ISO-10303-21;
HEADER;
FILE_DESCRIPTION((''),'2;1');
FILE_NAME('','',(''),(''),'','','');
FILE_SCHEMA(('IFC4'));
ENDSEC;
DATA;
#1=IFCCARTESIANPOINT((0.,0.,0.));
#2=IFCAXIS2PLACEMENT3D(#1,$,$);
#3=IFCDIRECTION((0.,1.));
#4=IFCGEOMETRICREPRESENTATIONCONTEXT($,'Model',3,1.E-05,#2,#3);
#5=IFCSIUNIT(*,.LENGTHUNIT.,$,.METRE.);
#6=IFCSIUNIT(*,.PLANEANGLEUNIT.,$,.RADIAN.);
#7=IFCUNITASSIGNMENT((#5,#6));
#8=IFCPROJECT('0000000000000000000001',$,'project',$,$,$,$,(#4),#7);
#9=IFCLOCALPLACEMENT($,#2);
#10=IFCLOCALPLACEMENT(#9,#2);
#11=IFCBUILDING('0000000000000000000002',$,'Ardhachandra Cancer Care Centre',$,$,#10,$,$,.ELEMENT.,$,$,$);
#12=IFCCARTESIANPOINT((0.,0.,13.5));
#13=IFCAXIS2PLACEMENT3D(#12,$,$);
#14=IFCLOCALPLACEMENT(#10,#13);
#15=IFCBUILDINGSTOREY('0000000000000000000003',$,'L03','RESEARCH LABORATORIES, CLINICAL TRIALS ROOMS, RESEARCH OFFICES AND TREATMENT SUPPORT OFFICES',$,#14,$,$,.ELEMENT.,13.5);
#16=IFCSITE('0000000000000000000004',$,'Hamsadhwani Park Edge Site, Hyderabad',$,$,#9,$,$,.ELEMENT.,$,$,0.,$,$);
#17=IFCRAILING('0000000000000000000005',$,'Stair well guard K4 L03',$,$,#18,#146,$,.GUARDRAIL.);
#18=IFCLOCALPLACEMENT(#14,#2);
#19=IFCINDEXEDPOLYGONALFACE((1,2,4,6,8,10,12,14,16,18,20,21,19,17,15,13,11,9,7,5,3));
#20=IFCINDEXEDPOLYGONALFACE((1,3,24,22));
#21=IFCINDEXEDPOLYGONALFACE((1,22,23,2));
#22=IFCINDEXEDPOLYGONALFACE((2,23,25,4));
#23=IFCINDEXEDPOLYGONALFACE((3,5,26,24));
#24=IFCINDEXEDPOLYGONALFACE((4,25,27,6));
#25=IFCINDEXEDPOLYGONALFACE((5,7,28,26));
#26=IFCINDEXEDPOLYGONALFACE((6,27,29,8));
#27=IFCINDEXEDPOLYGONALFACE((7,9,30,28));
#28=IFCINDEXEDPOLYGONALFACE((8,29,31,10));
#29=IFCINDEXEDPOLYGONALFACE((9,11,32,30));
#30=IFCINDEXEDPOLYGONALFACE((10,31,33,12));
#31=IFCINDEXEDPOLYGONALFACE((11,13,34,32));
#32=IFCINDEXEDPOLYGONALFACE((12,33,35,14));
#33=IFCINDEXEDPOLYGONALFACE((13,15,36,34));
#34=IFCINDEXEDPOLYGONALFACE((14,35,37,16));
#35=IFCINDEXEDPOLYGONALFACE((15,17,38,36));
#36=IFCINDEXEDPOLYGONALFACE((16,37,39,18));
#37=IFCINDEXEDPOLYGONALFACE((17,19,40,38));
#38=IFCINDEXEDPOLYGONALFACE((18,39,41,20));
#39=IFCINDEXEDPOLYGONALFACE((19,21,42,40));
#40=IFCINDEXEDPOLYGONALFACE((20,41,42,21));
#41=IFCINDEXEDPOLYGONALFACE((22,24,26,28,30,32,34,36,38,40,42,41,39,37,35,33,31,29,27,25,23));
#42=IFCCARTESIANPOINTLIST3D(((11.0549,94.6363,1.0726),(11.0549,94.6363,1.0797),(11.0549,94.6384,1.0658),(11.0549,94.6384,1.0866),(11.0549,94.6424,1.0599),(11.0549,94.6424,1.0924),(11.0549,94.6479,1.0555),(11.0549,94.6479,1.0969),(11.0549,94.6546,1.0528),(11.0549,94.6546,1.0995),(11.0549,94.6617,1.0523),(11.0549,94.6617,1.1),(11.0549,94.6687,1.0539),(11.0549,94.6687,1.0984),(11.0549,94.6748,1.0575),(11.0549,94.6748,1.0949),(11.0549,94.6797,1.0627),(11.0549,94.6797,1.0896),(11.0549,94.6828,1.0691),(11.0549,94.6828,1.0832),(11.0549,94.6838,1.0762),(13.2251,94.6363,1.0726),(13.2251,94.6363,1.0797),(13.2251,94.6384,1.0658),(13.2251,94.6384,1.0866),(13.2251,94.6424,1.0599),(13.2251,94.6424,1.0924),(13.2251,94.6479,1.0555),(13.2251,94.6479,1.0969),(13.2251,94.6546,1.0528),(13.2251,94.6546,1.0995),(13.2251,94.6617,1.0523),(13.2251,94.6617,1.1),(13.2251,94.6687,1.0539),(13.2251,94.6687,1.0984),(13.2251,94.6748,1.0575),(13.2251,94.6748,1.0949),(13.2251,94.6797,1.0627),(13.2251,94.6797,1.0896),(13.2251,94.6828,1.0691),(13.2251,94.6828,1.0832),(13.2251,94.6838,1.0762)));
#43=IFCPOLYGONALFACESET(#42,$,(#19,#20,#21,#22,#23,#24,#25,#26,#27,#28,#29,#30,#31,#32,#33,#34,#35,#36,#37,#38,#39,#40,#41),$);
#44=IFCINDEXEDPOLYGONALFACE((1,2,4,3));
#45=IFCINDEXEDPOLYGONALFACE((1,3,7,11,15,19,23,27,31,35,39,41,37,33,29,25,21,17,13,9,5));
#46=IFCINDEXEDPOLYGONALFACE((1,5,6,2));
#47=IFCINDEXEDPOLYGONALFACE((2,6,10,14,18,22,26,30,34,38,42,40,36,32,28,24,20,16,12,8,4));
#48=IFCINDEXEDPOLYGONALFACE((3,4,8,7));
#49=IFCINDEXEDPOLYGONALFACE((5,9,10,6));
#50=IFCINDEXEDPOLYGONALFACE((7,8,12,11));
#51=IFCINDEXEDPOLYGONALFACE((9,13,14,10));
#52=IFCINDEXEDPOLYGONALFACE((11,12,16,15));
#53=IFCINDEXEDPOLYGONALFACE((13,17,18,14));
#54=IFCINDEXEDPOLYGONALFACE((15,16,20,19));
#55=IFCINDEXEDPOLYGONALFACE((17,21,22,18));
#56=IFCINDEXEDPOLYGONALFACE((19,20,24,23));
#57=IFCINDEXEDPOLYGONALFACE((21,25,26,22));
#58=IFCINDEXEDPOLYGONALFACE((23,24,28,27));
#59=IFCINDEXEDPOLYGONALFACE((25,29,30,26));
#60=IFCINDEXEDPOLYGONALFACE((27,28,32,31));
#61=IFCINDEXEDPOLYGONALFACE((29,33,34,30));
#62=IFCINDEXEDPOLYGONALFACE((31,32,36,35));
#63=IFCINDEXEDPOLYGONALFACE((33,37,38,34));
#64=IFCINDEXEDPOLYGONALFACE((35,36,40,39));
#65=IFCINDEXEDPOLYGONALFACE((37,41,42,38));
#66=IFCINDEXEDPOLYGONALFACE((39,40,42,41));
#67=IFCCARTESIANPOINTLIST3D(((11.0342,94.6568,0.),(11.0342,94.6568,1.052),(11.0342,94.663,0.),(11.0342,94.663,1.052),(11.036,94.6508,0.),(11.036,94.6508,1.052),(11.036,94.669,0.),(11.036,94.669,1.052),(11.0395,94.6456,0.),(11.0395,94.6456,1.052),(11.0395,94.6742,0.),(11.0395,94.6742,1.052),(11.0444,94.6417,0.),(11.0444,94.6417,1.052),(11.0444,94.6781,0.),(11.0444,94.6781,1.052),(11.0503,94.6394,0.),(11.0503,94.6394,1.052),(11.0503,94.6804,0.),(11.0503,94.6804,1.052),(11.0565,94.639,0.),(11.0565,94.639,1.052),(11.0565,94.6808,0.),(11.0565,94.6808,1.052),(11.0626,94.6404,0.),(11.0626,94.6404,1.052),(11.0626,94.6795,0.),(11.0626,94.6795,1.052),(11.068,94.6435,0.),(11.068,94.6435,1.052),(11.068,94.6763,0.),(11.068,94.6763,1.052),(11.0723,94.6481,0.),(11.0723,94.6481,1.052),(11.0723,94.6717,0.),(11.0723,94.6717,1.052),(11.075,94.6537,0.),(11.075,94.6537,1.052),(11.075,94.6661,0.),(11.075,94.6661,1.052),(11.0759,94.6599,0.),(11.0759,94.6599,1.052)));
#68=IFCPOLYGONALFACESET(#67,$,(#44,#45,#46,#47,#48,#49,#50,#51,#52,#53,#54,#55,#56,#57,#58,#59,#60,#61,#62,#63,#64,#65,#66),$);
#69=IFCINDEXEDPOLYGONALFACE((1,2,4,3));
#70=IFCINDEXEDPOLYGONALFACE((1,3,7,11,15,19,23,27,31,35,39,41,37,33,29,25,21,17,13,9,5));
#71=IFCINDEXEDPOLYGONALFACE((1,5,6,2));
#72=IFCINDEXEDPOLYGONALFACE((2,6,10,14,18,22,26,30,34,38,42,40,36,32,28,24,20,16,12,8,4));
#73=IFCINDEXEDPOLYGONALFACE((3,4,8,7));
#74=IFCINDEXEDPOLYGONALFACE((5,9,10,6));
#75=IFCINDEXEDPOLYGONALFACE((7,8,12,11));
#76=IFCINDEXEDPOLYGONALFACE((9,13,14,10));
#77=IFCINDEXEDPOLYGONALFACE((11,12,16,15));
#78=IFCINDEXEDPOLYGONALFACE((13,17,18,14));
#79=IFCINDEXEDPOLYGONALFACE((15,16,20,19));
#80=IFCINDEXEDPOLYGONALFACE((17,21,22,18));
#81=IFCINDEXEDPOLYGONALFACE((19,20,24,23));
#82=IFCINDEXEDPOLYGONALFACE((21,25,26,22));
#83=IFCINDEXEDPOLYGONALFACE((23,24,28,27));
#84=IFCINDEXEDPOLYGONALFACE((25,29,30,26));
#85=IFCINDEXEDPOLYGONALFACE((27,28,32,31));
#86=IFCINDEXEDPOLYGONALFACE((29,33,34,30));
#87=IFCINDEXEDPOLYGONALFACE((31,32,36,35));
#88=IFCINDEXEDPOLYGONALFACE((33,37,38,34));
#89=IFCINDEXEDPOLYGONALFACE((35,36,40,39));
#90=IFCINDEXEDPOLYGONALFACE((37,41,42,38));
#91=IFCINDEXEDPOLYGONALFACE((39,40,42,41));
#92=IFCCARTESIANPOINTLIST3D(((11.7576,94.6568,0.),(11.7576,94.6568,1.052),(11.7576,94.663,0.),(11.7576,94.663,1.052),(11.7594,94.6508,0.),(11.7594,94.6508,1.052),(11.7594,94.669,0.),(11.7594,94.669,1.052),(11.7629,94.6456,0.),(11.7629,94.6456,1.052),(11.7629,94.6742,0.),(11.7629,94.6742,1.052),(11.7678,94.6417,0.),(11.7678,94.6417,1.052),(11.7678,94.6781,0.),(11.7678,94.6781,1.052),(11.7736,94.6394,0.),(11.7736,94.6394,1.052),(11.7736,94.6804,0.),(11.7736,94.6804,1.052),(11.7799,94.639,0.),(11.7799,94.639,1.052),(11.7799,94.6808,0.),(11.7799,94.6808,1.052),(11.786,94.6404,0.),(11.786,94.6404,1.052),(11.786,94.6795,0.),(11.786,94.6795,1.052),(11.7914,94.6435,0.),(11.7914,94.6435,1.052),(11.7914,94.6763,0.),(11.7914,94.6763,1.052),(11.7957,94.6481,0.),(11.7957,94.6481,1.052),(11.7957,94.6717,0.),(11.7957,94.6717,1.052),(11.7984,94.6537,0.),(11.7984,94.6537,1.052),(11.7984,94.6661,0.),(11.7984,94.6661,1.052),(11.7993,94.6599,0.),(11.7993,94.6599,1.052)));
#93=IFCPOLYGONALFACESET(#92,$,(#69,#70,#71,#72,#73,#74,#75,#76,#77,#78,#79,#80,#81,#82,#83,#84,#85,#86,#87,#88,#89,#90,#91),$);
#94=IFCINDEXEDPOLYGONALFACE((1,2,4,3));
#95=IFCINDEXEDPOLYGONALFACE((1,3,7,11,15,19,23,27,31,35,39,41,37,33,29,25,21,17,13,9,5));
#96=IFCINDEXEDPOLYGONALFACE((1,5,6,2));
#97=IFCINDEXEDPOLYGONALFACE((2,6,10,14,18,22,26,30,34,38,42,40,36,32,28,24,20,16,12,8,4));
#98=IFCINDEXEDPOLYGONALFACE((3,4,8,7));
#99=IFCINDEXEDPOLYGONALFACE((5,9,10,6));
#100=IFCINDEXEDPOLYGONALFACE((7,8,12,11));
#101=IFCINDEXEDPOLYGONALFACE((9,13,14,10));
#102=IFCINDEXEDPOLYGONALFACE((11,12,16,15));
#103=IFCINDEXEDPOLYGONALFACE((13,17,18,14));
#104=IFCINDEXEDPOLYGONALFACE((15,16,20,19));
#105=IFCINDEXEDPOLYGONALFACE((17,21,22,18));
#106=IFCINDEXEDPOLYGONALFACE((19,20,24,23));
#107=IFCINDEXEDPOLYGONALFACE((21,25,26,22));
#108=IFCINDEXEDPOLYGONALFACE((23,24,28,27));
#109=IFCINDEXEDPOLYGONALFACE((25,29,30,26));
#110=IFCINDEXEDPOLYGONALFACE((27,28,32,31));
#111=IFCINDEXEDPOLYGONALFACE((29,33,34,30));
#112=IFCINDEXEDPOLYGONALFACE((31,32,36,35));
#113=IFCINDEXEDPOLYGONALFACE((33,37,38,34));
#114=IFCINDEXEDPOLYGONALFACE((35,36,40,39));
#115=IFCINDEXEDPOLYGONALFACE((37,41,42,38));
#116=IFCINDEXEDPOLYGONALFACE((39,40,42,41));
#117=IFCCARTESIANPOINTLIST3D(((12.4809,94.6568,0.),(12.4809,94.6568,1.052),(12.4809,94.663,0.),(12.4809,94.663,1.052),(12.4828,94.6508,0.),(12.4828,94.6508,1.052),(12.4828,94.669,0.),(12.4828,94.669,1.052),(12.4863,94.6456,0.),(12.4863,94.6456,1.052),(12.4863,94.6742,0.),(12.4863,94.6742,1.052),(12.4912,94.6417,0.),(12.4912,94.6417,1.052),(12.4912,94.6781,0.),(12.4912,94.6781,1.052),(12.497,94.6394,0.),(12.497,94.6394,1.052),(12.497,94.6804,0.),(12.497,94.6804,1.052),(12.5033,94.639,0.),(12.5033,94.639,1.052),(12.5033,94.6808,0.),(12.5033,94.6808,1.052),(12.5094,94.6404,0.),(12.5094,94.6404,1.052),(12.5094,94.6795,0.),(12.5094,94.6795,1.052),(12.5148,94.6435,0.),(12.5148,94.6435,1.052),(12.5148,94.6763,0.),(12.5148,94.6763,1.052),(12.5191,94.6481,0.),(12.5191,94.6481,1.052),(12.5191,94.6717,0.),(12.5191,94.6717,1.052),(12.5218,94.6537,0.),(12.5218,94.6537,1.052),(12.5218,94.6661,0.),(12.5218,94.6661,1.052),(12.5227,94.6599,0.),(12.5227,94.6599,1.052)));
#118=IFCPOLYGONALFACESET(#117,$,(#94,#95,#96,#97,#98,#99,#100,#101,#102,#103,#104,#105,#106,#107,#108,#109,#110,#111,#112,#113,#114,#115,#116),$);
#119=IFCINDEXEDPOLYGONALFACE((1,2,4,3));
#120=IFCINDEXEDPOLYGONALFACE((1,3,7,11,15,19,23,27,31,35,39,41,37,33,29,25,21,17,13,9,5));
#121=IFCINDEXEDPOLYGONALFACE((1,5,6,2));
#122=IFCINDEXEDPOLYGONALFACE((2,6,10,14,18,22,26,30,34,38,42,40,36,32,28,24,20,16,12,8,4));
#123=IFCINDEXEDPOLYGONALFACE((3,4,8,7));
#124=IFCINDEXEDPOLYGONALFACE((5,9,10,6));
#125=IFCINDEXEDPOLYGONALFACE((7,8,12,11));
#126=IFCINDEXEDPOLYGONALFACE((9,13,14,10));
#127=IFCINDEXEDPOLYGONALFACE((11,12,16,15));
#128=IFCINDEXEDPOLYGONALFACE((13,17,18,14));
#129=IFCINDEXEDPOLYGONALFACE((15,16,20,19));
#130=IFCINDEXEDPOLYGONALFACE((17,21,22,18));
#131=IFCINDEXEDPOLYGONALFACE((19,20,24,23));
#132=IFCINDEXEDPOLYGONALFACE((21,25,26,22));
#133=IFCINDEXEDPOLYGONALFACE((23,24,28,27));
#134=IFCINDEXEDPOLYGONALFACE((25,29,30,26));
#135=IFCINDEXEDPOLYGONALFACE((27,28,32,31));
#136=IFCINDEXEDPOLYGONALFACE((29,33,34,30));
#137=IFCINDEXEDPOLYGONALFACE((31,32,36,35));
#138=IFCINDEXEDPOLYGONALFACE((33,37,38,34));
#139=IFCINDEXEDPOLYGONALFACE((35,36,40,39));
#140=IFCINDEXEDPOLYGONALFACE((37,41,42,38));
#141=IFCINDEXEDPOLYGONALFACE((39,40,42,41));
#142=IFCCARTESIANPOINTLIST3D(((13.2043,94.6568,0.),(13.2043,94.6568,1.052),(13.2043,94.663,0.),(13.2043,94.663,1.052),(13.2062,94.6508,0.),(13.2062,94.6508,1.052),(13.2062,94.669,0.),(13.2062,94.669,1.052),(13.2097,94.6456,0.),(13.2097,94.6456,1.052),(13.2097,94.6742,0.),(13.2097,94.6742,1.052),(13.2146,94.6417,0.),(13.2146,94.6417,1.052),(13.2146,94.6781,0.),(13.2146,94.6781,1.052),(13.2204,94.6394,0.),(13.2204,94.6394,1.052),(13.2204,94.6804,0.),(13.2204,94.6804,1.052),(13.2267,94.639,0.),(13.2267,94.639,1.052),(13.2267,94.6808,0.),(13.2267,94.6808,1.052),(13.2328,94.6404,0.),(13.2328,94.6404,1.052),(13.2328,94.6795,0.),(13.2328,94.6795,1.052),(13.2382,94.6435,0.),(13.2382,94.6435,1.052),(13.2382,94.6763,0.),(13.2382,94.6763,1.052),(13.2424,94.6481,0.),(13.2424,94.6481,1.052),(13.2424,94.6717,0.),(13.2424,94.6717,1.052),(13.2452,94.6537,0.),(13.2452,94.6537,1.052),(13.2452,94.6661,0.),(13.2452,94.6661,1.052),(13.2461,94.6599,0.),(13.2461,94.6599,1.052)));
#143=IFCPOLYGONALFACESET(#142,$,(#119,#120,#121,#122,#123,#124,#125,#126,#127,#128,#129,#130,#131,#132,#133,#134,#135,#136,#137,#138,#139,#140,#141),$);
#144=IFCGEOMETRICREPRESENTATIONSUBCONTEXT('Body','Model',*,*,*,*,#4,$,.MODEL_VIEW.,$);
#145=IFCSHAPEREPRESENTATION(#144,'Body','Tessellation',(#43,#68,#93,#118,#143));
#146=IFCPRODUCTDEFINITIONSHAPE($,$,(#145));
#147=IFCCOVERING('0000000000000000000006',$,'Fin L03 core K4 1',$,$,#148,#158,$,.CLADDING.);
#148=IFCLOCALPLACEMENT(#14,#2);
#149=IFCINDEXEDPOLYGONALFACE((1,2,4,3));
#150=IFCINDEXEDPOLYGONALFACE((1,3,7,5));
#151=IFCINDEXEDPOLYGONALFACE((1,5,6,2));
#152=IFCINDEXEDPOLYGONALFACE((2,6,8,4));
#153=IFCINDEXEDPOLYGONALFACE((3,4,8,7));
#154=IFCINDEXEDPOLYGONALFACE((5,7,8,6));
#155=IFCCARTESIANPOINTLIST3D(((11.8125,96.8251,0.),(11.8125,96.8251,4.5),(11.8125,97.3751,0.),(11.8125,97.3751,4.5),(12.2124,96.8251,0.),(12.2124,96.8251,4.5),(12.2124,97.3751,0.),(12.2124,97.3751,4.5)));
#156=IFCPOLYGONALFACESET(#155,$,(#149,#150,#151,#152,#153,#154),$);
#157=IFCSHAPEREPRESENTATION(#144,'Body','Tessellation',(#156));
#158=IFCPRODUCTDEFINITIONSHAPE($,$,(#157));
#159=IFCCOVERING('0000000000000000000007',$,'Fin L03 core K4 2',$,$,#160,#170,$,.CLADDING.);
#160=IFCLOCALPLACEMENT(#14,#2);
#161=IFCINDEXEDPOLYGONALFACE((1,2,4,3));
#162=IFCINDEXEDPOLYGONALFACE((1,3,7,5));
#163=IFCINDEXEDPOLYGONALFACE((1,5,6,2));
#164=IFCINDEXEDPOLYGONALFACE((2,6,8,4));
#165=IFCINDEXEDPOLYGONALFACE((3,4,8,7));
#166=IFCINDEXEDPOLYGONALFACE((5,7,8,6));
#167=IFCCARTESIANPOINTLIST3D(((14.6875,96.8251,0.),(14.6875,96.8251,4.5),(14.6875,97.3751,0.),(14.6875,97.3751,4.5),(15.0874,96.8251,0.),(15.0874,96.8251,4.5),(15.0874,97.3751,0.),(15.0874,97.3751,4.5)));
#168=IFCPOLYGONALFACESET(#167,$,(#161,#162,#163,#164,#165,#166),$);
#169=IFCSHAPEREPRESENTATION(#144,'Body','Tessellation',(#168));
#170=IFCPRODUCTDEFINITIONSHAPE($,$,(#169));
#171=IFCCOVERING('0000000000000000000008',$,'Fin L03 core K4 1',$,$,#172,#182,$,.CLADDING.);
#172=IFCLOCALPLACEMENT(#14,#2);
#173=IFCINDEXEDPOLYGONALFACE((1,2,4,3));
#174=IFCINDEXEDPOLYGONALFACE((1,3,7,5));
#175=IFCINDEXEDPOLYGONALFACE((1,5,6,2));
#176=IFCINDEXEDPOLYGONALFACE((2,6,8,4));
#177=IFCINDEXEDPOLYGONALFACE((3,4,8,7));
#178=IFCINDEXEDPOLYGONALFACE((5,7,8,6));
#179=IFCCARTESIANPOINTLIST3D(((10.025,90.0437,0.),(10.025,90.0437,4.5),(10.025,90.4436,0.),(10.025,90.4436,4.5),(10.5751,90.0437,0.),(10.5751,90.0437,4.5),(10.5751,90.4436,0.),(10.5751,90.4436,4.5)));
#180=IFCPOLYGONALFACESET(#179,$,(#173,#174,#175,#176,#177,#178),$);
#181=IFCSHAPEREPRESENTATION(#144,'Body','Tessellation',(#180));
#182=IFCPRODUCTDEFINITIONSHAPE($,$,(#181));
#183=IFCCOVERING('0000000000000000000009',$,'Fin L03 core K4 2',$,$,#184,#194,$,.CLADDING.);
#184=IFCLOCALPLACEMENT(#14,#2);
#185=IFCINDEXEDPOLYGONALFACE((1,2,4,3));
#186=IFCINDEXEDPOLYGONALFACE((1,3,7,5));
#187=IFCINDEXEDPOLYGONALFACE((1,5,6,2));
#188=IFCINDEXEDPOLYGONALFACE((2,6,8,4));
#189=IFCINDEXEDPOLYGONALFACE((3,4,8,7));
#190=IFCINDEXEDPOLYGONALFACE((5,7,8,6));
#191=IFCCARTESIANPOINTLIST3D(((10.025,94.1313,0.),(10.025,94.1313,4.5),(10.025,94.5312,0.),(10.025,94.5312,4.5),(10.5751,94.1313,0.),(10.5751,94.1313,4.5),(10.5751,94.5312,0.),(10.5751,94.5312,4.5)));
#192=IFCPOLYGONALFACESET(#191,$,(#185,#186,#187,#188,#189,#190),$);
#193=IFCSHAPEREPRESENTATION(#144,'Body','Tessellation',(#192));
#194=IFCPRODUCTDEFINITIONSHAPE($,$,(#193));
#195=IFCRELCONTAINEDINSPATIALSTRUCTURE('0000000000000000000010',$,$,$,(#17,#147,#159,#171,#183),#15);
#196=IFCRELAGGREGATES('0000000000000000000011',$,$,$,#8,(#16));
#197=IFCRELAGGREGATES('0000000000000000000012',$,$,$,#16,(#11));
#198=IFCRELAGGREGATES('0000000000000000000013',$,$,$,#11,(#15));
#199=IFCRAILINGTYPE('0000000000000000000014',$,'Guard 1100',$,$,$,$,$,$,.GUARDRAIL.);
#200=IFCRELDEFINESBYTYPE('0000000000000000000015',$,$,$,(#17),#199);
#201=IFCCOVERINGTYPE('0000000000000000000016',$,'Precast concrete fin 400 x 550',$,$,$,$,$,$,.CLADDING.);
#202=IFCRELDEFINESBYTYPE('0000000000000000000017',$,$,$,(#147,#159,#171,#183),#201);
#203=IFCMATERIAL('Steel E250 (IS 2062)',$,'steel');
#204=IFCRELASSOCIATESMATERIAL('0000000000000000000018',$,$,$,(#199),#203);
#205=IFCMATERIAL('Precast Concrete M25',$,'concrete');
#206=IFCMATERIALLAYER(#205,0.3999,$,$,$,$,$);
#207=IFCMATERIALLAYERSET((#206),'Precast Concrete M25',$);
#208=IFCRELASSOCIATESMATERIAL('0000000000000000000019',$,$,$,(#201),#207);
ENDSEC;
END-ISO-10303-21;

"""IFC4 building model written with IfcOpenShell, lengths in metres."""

from ifc_helpers import new_model, si_unit, direction, frame, origin, origin_2d, place, context, subcontext, project, spatial, rectangle, circle, extrude, material, layer, layer_set, type_object, element, save


model = new_model("IFC4")

# Units and contexts
model_context = context("Model", 3, precision=1e-05, world=origin(), true_north=direction((0.0, 1.0)))
body_context = subcontext(model_context, "Body", "Model", "MODEL_VIEW")
ifc_project = project(units=[si_unit("LENGTHUNIT", "METRE"), si_unit("PLANEANGLEUNIT", "RADIAN")], contexts=[model_context])

# Site, building, storey
site_placement = place(None, origin())
site = spatial("IfcSite", under=ifc_project, at=site_placement, Name="Hamsadhwani Park Edge Site, Hyderabad", CompositionType="ELEMENT", RefElevation=0.0)
building_placement = place(site_placement, origin())
building = spatial("IfcBuilding", under=site, at=building_placement, Name="Ardhachandra Cancer Care Centre", CompositionType="ELEMENT")
storey_placement = place(building_placement, frame((0.0, 0.0, 13.5)))
storey = spatial("IfcBuildingStorey", under=building, at=storey_placement, Name="L03", Description="RESEARCH LABORATORIES, CLINICAL TRIALS ROOMS, RESEARCH OFFICES AND TREATMENT SUPPORT OFFICES", CompositionType="ELEMENT", Elevation=13.5)

# Railing
ifc_material_1 = material(Name="Steel E250 (IS 2062)", Category="steel")
railing_type_1 = type_object("IfcRailingType", Name="Guard 1100", PredefinedType="GUARDRAIL", material=ifc_material_1)
railing_placement = place(storey_placement, frame((11.0549, 94.6599, 0.0)))
element("IfcRailing", 1, at=railing_placement, inside=storey, type_object=railing_type_1, Name="Stair well guard K4 L03", PredefinedType="GUARDRAIL", context=body_context, shape_type="SweptSolid", body=[
    extrude(circle(Radius=0.0239, at=origin_2d()), frame((0.0, 0.0, 1.0762), z_axis=(1.0, 0.0, 0.0), x_axis=(0.0, 1.0, 0.0)), (0.0, 0.0, 1.0), 2.1702),
    extrude(circle(Radius=0.021, at=origin_2d()), origin(), (0.0, 0.0, 1.0), 1.052),
    extrude(circle(Radius=0.021, at=origin_2d()), frame((0.7234, 0.0, 0.0)), (0.0, 0.0, 1.0), 1.052),
    extrude(circle(Radius=0.021, at=origin_2d()), frame((1.4468, 0.0, 0.0)), (0.0, 0.0, 1.0), 1.052),
    extrude(circle(Radius=0.021, at=origin_2d()), frame((2.1702, 0.0, 0.0)), (0.0, 0.0, 1.0), 1.052),
])

# Coverings
ifc_material_2 = material(Name="Precast Concrete M25", Category="concrete")
ifc_layer_1 = layer(ifc_material_2, 0.3999)
ifc_layer_set_1 = layer_set([ifc_layer_1], Name="Precast Concrete M25")
covering_type = type_object("IfcCoveringType", Name="Precast concrete fin 400 x 550", PredefinedType="CLADDING", material=ifc_layer_set_1)
for number, where, z_axis, x_axis, name in (
    (2, (12.0125, 97.1001, 0.0), (0.0, 0.0, 1.0), (1.0, 0.0, 0.0), "Fin L03 core K4 1"),
    (3, (14.8875, 97.1001, 0.0), (0.0, 0.0, 1.0), (1.0, 0.0, 0.0), "Fin L03 core K4 2"),
    (4, (10.3, 90.2437, 0.0), (0.0, 0.0, 1.0), (0.0, 1.0, 0.0), "Fin L03 core K4 1"),
    (5, (10.3, 94.3313, 0.0), (0.0, 0.0, 1.0), (0.0, 1.0, 0.0), "Fin L03 core K4 2"),
):
    element("IfcCovering", number, at=place(storey_placement, frame(where, z_axis=z_axis, x_axis=x_axis)), inside=storey, type_object=covering_type, Name=name, PredefinedType="CLADDING", context=body_context, shape_type="SweptSolid", body=[
        extrude(rectangle(XDim=0.3999, YDim=0.55, at=origin_2d()), origin(), (0.0, 0.0, 1.0), 4.5),
    ])

save(model, "model.ifc")
